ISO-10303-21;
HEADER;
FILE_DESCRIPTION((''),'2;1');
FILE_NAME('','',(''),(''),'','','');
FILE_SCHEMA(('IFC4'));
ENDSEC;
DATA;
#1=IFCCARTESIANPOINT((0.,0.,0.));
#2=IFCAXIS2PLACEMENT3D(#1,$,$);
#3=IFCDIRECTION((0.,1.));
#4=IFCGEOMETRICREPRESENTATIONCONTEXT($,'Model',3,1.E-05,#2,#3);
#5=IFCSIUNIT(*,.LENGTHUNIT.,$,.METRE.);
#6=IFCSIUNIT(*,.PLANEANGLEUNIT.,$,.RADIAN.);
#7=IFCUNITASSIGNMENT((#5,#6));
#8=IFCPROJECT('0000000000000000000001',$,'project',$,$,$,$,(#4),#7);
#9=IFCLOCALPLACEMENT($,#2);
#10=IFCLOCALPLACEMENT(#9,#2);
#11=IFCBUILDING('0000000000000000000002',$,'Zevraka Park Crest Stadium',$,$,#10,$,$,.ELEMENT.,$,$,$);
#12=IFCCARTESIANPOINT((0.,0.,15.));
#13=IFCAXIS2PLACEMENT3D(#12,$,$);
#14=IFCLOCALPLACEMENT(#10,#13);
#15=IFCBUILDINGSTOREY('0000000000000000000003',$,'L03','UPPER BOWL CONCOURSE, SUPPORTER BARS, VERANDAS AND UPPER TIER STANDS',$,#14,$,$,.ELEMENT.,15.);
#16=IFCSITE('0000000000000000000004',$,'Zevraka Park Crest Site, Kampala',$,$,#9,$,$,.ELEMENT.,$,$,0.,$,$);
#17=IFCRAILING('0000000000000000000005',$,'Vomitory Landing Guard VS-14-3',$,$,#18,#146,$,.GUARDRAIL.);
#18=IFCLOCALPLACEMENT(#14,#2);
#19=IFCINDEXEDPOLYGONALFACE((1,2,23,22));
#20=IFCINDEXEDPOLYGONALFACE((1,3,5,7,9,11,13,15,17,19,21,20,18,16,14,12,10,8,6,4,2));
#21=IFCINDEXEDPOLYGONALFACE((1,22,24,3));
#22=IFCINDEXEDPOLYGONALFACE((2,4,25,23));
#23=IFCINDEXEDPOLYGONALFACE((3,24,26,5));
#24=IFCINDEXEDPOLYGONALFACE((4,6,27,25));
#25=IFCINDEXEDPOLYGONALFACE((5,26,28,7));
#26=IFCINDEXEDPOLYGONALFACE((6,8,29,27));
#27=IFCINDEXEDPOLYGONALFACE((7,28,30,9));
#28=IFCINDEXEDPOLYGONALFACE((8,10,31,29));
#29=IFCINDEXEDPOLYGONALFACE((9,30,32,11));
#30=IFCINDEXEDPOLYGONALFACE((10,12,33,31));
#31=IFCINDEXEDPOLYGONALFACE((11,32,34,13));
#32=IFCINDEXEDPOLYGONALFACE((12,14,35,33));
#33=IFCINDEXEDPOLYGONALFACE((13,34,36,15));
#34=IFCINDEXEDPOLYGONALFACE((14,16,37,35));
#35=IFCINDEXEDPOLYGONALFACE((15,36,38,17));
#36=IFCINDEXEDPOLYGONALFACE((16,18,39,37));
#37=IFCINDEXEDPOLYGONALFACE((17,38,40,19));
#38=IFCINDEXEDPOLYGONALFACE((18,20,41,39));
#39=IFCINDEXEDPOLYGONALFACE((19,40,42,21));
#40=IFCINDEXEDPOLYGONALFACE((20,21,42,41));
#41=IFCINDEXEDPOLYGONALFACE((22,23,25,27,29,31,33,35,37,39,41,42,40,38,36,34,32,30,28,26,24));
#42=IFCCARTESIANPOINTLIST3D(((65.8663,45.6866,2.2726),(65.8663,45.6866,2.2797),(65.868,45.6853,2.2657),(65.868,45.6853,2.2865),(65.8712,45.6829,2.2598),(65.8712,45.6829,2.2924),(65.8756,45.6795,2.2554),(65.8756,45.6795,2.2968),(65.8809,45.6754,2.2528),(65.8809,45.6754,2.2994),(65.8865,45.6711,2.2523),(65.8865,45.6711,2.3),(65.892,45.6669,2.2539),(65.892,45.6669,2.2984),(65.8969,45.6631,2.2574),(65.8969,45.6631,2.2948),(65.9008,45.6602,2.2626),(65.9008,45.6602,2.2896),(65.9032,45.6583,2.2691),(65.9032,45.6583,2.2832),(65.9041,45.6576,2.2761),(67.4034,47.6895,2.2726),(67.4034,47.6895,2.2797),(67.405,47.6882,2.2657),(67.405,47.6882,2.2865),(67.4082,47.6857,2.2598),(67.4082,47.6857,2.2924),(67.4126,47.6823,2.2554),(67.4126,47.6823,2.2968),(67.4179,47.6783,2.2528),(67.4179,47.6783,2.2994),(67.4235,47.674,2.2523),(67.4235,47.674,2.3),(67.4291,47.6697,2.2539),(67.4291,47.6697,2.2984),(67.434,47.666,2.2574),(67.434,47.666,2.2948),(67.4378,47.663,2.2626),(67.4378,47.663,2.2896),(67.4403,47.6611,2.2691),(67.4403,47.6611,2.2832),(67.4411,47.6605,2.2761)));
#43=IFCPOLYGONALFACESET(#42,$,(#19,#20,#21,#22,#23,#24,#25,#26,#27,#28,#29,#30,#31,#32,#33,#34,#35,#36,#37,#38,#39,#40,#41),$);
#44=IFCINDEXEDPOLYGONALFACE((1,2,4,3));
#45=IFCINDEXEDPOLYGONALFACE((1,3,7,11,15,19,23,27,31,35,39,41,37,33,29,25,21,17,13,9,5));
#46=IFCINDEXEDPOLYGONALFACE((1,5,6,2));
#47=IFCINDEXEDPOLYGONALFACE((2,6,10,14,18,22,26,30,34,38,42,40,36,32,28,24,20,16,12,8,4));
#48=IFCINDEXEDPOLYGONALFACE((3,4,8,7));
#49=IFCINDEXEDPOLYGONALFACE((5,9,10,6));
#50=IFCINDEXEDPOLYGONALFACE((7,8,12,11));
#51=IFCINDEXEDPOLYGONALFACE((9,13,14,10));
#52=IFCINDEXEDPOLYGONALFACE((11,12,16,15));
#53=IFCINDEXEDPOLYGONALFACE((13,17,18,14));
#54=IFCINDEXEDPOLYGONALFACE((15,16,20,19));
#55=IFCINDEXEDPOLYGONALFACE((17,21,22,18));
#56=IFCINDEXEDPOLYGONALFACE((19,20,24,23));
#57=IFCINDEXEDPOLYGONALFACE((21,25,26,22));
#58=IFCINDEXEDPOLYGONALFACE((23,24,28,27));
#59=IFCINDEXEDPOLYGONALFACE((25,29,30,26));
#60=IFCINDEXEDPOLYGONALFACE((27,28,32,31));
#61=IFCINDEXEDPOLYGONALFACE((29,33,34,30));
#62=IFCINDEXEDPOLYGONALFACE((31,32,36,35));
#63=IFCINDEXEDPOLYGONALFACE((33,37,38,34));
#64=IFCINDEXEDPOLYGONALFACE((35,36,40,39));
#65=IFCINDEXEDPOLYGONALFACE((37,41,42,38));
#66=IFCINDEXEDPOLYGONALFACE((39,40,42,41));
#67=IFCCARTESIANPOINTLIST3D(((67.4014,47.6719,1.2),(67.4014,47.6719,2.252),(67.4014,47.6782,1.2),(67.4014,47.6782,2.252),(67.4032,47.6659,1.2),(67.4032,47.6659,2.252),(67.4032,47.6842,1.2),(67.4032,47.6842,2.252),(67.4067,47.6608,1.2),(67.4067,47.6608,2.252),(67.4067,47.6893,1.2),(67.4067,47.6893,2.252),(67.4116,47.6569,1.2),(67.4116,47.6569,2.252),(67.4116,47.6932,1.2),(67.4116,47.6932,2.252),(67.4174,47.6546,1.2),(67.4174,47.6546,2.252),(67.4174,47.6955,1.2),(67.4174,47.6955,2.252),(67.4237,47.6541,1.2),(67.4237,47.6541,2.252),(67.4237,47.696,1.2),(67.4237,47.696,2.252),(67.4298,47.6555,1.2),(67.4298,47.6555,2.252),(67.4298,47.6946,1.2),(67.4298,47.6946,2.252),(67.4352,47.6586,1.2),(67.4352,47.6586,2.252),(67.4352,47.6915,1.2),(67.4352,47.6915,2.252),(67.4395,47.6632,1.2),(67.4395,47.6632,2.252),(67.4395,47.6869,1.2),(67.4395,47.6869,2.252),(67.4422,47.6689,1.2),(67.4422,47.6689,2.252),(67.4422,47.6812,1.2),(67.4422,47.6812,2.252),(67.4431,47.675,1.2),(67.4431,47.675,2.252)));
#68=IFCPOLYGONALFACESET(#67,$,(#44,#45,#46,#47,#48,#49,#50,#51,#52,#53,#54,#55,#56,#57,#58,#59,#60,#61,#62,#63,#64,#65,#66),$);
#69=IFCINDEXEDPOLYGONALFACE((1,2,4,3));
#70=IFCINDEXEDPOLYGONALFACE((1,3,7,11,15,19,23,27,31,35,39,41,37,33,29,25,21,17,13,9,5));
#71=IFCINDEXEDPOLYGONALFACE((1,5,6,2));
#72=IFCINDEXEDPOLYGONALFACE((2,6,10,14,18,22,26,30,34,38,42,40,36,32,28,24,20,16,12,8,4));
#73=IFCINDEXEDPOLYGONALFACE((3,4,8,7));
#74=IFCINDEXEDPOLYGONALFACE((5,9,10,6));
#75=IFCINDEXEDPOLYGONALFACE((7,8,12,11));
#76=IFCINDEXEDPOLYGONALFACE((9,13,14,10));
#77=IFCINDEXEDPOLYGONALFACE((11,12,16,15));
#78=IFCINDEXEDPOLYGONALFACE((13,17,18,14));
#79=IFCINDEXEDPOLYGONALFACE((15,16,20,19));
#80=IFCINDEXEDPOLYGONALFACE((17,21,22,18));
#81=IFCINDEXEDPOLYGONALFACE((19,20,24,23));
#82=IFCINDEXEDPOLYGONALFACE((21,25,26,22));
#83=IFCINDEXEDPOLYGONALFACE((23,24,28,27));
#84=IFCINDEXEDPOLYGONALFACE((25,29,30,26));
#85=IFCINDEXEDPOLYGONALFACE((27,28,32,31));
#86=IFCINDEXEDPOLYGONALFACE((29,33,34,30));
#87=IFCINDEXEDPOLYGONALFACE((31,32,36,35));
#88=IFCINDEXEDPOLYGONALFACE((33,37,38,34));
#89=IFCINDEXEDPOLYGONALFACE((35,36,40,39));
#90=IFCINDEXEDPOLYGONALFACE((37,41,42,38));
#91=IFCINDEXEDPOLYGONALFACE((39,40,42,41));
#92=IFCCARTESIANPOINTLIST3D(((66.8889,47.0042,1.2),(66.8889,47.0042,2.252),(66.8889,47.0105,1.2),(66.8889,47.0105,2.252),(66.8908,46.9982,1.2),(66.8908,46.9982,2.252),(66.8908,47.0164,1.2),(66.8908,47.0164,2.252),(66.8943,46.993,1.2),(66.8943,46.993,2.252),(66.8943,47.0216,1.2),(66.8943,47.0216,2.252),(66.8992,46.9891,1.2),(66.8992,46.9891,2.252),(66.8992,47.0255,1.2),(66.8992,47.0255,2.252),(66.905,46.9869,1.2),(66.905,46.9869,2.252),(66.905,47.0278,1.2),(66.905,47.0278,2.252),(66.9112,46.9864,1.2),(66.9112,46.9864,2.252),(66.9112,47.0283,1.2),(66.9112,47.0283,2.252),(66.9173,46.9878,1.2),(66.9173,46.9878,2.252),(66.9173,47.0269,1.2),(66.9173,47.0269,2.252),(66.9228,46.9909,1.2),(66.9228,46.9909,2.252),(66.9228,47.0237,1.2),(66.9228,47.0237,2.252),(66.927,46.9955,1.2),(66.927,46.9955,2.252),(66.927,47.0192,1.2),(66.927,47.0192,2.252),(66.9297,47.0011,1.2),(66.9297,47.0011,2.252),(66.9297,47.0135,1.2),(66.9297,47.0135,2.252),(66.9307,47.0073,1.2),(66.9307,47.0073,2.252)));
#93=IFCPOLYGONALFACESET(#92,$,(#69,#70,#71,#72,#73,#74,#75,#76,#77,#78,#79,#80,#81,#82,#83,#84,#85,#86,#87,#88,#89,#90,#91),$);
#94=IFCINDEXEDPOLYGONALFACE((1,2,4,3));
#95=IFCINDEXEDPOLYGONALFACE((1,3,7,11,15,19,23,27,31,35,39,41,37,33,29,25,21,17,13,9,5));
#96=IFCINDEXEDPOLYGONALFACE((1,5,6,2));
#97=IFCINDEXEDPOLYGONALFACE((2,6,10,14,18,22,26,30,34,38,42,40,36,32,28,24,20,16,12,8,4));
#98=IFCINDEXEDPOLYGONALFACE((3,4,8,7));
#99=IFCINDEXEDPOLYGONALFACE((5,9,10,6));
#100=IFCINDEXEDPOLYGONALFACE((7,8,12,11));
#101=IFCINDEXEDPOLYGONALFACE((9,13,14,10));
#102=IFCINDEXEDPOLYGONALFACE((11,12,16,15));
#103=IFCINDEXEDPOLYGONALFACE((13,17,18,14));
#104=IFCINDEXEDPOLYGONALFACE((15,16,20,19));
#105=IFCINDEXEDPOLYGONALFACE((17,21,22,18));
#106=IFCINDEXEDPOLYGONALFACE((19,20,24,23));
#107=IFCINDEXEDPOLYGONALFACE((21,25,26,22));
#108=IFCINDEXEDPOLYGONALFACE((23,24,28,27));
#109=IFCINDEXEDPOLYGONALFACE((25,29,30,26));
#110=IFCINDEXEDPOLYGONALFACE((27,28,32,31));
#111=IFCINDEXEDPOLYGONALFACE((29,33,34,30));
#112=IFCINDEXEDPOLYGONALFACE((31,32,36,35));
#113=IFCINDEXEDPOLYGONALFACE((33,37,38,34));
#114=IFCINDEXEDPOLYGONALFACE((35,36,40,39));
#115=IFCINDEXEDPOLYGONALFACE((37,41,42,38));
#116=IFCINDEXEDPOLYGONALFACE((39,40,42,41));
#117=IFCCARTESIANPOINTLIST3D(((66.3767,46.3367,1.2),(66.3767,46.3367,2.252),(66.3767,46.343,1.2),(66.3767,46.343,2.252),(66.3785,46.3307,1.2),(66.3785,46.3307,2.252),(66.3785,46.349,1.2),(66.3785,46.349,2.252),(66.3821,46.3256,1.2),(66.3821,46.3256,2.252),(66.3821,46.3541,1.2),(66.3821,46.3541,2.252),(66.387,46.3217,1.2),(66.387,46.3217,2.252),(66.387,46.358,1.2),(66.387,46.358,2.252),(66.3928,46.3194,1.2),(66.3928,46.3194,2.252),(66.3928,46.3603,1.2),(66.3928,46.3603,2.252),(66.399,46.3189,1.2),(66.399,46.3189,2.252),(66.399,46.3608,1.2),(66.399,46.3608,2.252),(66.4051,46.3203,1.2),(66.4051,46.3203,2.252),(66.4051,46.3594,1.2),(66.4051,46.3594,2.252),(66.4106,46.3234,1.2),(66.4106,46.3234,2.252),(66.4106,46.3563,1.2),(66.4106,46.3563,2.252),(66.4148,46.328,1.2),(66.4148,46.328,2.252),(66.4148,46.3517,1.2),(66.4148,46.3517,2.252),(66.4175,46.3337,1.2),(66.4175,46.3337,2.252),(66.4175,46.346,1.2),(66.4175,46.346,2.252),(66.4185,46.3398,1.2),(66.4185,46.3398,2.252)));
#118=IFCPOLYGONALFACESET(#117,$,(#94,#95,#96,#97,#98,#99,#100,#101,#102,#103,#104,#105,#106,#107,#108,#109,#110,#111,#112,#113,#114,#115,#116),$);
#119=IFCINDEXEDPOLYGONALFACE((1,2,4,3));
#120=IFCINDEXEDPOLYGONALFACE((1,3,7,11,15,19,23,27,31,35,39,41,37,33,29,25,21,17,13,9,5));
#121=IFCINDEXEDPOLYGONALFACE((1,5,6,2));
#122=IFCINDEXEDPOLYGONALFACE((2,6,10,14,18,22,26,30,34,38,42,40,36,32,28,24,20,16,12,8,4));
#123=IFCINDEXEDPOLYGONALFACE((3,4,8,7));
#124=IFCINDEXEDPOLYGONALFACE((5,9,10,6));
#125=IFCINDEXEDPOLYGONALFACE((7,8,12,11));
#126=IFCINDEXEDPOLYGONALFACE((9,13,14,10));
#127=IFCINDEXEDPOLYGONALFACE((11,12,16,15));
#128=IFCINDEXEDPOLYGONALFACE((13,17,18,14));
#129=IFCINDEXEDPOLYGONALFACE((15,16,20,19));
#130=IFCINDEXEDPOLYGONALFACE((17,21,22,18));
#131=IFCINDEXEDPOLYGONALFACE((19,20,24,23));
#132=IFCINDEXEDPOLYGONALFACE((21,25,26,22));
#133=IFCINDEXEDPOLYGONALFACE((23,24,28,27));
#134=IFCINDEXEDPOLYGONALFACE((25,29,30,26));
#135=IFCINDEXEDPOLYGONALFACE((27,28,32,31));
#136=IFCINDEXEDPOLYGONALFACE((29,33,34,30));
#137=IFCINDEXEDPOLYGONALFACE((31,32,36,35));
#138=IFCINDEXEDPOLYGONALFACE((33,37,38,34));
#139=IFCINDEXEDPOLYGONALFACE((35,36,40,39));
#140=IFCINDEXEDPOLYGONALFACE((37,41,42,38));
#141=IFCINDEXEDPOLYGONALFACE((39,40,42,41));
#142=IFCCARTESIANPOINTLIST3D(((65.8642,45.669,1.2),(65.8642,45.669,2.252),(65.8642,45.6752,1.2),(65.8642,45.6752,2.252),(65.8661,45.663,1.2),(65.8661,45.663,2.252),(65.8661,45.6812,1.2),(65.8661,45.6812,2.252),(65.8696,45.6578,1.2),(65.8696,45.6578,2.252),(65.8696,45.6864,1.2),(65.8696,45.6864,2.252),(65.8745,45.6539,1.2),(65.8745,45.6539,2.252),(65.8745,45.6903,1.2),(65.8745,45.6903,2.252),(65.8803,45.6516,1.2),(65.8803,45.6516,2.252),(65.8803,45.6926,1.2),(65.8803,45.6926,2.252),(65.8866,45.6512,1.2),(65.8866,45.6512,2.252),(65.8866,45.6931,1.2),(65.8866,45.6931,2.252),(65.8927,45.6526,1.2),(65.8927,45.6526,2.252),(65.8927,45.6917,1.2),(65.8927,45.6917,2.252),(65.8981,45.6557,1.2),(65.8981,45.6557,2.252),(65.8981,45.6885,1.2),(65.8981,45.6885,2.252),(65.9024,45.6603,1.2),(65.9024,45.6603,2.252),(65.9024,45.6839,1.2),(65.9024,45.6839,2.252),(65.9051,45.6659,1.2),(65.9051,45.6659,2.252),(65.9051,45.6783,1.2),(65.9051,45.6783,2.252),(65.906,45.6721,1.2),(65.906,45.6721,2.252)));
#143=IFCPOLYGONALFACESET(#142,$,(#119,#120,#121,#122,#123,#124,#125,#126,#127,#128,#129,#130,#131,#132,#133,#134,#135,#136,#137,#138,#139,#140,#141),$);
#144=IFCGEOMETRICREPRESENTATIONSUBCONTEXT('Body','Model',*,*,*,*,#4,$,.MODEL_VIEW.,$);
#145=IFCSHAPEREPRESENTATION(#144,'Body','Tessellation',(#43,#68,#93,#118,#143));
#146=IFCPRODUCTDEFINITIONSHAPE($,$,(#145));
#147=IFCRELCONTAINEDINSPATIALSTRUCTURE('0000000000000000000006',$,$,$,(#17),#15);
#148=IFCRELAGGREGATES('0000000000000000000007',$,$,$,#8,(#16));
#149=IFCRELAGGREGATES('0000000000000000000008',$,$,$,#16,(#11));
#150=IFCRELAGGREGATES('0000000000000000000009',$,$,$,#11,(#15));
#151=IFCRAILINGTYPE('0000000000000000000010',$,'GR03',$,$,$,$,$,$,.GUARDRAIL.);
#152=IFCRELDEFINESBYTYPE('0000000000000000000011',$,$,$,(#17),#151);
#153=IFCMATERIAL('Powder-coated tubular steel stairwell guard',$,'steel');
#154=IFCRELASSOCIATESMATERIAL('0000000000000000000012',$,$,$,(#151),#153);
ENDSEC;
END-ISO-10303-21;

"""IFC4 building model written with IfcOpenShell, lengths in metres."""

from ifc_helpers import new_model, si_unit, direction, frame, origin, origin_2d, place, context, subcontext, project, spatial, circle, extrude, material, type_object, element, save


model = new_model("IFC4")

# Units and contexts
model_context = context("Model", 3, precision=1e-05, world=origin(), true_north=direction((0.0, 1.0)))
body_context = subcontext(model_context, "Body", "Model", "MODEL_VIEW")
ifc_project = project(units=[si_unit("LENGTHUNIT", "METRE"), si_unit("PLANEANGLEUNIT", "RADIAN")], contexts=[model_context])

# Site, building, storey
site_placement = place(None, origin())
site = spatial("IfcSite", under=ifc_project, at=site_placement, Name="Zevraka Park Crest Site, Kampala", CompositionType="ELEMENT", RefElevation=0.0)
building_placement = place(site_placement, origin())
building = spatial("IfcBuilding", under=site, at=building_placement, Name="Zevraka Park Crest Stadium", CompositionType="ELEMENT")
storey_placement = place(building_placement, frame((0.0, 0.0, 15.0)))
storey = spatial("IfcBuildingStorey", under=building, at=storey_placement, Name="L03", Description="UPPER BOWL CONCOURSE, SUPPORTER BARS, VERANDAS AND UPPER TIER STANDS", CompositionType="ELEMENT", Elevation=15.0)

# Railing
ifc_material_1 = material(Name="Powder-coated tubular steel stairwell guard", Category="steel")
railing_type_1 = type_object("IfcRailingType", Name="GR03", PredefinedType="GUARDRAIL", material=ifc_material_1)
railing_1_placement = place(storey_placement, frame((67.4221, 47.675, 1.2)))
element("IfcRailing", 1, at=railing_1_placement, inside=storey, type_object=railing_type_1, Name="Vomitory Landing Guard VS-14-3", PredefinedType="GUARDRAIL", context=body_context, shape_type="SweptSolid", body=[
    extrude(circle(Radius=0.0239, at=origin_2d()), frame((0.0, 0.0, 1.0762), z_axis=(-0.608813, -0.793314, 0.0), x_axis=(0.793314, -0.608813, 0.0)), (0.0, 0.0, 1.0), 2.5247),
    extrude(circle(Radius=0.021, at=origin_2d()), origin(), (0.0, 0.0, 1.0), 1.052),
    extrude(circle(Radius=0.021, at=origin_2d()), frame((-0.5125, -0.6677, 0.0)), (0.0, 0.0, 1.0), 1.052),
    extrude(circle(Radius=0.021, at=origin_2d()), frame((-1.0247, -1.3352, 0.0)), (0.0, 0.0, 1.0), 1.052),
    extrude(circle(Radius=0.021, at=origin_2d()), frame((-1.5371, -2.0029, 0.0)), (0.0, 0.0, 1.0), 1.052),
])

save(model, "model.ifc")
